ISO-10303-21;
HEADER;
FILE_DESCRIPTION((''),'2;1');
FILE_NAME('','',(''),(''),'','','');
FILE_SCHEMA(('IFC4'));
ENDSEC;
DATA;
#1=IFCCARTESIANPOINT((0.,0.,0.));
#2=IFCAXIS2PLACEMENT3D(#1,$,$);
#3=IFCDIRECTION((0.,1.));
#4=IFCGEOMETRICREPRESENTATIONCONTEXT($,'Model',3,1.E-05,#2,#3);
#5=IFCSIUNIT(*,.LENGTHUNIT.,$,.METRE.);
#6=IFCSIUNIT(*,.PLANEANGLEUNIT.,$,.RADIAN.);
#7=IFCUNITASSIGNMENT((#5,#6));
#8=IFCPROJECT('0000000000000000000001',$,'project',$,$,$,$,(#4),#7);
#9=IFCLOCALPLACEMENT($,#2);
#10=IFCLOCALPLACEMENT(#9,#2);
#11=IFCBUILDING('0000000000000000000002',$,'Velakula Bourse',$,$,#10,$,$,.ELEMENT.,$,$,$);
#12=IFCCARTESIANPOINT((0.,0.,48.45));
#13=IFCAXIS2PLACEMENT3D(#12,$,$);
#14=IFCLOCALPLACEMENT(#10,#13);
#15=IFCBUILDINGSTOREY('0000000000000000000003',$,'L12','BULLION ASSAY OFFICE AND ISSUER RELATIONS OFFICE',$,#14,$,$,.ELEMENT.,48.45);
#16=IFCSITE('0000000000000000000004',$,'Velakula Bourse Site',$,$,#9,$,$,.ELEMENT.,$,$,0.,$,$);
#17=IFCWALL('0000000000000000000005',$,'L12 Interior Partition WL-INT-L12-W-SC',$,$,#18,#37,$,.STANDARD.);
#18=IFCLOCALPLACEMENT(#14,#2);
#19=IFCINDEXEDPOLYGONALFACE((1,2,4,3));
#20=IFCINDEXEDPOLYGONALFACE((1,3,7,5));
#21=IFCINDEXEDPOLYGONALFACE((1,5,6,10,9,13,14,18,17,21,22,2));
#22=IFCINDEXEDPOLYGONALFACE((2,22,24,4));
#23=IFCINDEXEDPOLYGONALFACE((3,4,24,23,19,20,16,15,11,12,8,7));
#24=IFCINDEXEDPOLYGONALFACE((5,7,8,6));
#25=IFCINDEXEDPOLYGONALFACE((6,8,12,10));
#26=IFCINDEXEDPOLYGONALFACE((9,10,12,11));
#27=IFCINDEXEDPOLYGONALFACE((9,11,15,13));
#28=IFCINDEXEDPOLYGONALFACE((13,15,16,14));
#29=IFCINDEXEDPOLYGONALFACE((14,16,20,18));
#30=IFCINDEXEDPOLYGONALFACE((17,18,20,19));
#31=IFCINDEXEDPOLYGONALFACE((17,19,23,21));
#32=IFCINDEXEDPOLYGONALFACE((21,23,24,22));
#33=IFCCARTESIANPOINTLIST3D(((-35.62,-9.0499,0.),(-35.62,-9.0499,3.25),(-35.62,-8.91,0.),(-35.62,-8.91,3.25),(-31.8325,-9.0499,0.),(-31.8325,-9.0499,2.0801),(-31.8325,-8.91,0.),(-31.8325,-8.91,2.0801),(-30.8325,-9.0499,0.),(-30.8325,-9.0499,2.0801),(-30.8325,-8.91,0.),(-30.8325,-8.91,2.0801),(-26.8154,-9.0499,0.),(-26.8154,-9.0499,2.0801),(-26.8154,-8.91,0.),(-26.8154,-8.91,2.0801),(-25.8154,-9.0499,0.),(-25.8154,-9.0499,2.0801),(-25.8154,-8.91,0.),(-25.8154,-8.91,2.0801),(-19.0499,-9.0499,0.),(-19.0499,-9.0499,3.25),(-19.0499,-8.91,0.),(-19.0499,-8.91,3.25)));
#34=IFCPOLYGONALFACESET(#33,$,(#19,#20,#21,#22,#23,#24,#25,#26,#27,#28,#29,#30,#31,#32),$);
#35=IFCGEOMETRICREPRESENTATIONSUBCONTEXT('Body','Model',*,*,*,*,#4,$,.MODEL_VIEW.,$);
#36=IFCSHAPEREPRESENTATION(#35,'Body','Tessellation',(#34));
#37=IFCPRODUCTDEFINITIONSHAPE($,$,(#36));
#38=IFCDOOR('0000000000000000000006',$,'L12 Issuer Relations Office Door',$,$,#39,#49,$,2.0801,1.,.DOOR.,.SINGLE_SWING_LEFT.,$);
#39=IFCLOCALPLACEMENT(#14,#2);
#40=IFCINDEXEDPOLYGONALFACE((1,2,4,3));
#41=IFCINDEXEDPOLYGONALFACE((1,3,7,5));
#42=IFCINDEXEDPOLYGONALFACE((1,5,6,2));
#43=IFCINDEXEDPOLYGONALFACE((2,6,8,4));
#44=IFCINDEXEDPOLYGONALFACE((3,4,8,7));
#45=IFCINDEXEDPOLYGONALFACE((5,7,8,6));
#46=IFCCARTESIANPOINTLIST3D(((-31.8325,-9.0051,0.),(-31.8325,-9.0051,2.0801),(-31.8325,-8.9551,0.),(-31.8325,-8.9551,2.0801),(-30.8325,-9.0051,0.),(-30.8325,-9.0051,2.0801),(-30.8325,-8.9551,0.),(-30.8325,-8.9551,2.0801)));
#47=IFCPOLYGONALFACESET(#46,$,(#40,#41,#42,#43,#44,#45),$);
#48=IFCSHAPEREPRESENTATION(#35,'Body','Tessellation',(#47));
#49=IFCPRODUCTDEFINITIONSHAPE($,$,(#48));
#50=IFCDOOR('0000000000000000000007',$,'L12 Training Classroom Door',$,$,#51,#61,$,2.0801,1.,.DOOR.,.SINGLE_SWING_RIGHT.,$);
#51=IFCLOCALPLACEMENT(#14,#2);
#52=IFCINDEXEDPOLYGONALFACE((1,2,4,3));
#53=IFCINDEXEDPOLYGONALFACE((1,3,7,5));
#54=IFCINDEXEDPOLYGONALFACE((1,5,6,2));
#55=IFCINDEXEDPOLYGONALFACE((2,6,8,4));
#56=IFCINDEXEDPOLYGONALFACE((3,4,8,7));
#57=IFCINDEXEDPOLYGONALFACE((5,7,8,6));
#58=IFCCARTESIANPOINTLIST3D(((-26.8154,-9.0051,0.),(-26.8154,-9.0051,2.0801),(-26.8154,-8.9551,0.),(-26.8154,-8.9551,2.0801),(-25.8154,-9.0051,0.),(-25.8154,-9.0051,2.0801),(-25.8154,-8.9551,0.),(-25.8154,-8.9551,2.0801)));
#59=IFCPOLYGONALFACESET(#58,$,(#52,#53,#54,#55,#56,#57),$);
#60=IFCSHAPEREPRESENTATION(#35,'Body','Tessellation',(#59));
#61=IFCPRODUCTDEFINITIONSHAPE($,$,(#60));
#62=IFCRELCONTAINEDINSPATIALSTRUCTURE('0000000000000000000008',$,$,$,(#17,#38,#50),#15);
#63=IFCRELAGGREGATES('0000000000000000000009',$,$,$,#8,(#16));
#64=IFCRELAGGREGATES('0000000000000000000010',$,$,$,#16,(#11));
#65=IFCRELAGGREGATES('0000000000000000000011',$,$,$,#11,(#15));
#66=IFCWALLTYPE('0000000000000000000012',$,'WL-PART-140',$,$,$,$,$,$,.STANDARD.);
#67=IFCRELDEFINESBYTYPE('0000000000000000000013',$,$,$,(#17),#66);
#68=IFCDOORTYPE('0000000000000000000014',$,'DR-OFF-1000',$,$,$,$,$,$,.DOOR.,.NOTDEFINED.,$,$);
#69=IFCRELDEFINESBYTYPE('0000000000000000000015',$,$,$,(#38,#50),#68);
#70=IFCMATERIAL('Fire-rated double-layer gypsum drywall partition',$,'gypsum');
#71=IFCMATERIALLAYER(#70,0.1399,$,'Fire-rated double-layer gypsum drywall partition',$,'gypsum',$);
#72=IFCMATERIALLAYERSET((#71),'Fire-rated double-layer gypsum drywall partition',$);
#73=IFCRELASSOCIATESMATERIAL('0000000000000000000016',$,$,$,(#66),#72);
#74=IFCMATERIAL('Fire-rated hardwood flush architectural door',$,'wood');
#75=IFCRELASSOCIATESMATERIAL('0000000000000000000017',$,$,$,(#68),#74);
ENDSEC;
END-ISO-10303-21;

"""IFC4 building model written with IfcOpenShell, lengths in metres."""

from ifc_helpers import new_model, si_unit, direction, frame, frame_2d, origin, place, context, subcontext, project, spatial, rectangle, extrude, material, layer, layer_set, type_object, element, fill, save


model = new_model("IFC4")

# Units and contexts
model_context = context("Model", 3, precision=1e-05, world=origin(), true_north=direction((0.0, 1.0)))
body_context = subcontext(model_context, "Body", "Model", "MODEL_VIEW")
ifc_project = project(units=[si_unit("LENGTHUNIT", "METRE"), si_unit("PLANEANGLEUNIT", "RADIAN")], contexts=[model_context])

# Site, building, storey
site_placement = place(None, origin())
site = spatial("IfcSite", under=ifc_project, at=site_placement, Name="Velakula Bourse Site", CompositionType="ELEMENT", RefElevation=0.0)
building_placement = place(site_placement, origin())
building = spatial("IfcBuilding", under=site, at=building_placement, Name="Velakula Bourse", CompositionType="ELEMENT")
storey_placement = place(building_placement, frame((0.0, 0.0, 48.45)))
storey = spatial("IfcBuildingStorey", under=building, at=storey_placement, Name="L12", Description="BULLION ASSAY OFFICE AND ISSUER RELATIONS OFFICE", CompositionType="ELEMENT", Elevation=48.45)

# Shared definitions
ifc_material_1 = material(Name="Fire-rated double-layer gypsum drywall partition", Category="gypsum")

# Wall, openings, doors
ifc_layer_1 = layer(ifc_material_1, 0.1399, Name="Fire-rated double-layer gypsum drywall partition", Category="gypsum")
ifc_layer_set_1 = layer_set([ifc_layer_1], Name="Fire-rated double-layer gypsum drywall partition")
wall_type_1 = type_object("IfcWallType", Name="WL-PART-140", PredefinedType="STANDARD", material=ifc_layer_set_1)
ifc_material_2 = material(Name="Fire-rated hardwood flush architectural door", Category="wood")
door_type_1 = type_object("IfcDoorType", Name="DR-OFF-1000", OperationType="NOTDEFINED", PredefinedType="DOOR", material=ifc_material_2)
wall_1_placement = place(storey_placement, frame((-35.6201, -8.98, 0.0), z_axis=(0.0, 0.0, 1.0), x_axis=(1.0, 0.0, 0.0)))
wall_1 = element("IfcWall", 1, at=wall_1_placement, inside=storey, type_object=wall_type_1, Name="L12 Interior Partition WL-INT-L12-W-SC", PredefinedType="STANDARD", context=body_context, shape_type="SweptSolid", body=[
    extrude(rectangle(XDim=16.5701, YDim=0.1399, at=frame_2d((8.2852, 0.0))), origin(), (0.0, 0.0, 1.0), 3.25),
])
opening_1_placement = place(wall_1_placement, frame((3.7876, 0.0, 0.0)))
opening_1 = element("IfcOpeningElement", 2, at=opening_1_placement, cuts=wall_1, PredefinedType="OPENING", context=body_context, shape_type="SweptSolid", body=[
    extrude(rectangle(XDim=1.0, YDim=2.0801, at=frame_2d((0.5, 1.04))), frame((0.0, 0.0798, 0.0), z_axis=(0.0, -1.0, 0.0), x_axis=(1.0, 0.0, 0.0)), (0.0, 0.0, 1.0), 0.1599),
])
opening_2_placement = place(wall_1_placement, frame((8.8047, 0.0, 0.0)))
opening_2 = element("IfcOpeningElement", 3, at=opening_2_placement, cuts=wall_1, PredefinedType="OPENING", context=body_context, shape_type="SweptSolid", body=[
    extrude(rectangle(XDim=1.0, YDim=2.0801, at=frame_2d((0.5, 1.04))), frame((0.0, 0.0798, 0.0), z_axis=(0.0, -1.0, 0.0), x_axis=(1.0, 0.0, 0.0)), (0.0, 0.0, 1.0), 0.1599),
])
door_1_placement = place(opening_1_placement, origin())
door_1 = element("IfcDoor", 4, at=door_1_placement, inside=storey, type_object=door_type_1, Name="L12 Issuer Relations Office Door", OperationType="SINGLE_SWING_LEFT", OverallHeight=2.0801, OverallWidth=1.0, PredefinedType="DOOR", context=body_context, shape_type="SweptSolid", body=[
    extrude(rectangle(XDim=1.0, YDim=2.0801, at=frame_2d((0.5, 1.04))), frame((0.0, 0.0249, 0.0), z_axis=(0.0, -1.0, 0.0), x_axis=(1.0, 0.0, 0.0)), (0.0, 0.0, 1.0), 0.05),
])
fill(opening_1, door_1)
door_2_placement = place(opening_2_placement, origin())
door_2 = element("IfcDoor", 5, at=door_2_placement, inside=storey, type_object=door_type_1, Name="L12 Training Classroom Door", OperationType="SINGLE_SWING_RIGHT", OverallHeight=2.0801, OverallWidth=1.0, PredefinedType="DOOR", context=body_context, shape_type="SweptSolid", body=[
    extrude(rectangle(XDim=1.0, YDim=2.0801, at=frame_2d((0.5, 1.04))), frame((0.0, 0.0249, 0.0), z_axis=(0.0, -1.0, 0.0), x_axis=(1.0, 0.0, 0.0)), (0.0, 0.0, 1.0), 0.05),
])
fill(opening_2, door_2)

save(model, "model.ifc")
